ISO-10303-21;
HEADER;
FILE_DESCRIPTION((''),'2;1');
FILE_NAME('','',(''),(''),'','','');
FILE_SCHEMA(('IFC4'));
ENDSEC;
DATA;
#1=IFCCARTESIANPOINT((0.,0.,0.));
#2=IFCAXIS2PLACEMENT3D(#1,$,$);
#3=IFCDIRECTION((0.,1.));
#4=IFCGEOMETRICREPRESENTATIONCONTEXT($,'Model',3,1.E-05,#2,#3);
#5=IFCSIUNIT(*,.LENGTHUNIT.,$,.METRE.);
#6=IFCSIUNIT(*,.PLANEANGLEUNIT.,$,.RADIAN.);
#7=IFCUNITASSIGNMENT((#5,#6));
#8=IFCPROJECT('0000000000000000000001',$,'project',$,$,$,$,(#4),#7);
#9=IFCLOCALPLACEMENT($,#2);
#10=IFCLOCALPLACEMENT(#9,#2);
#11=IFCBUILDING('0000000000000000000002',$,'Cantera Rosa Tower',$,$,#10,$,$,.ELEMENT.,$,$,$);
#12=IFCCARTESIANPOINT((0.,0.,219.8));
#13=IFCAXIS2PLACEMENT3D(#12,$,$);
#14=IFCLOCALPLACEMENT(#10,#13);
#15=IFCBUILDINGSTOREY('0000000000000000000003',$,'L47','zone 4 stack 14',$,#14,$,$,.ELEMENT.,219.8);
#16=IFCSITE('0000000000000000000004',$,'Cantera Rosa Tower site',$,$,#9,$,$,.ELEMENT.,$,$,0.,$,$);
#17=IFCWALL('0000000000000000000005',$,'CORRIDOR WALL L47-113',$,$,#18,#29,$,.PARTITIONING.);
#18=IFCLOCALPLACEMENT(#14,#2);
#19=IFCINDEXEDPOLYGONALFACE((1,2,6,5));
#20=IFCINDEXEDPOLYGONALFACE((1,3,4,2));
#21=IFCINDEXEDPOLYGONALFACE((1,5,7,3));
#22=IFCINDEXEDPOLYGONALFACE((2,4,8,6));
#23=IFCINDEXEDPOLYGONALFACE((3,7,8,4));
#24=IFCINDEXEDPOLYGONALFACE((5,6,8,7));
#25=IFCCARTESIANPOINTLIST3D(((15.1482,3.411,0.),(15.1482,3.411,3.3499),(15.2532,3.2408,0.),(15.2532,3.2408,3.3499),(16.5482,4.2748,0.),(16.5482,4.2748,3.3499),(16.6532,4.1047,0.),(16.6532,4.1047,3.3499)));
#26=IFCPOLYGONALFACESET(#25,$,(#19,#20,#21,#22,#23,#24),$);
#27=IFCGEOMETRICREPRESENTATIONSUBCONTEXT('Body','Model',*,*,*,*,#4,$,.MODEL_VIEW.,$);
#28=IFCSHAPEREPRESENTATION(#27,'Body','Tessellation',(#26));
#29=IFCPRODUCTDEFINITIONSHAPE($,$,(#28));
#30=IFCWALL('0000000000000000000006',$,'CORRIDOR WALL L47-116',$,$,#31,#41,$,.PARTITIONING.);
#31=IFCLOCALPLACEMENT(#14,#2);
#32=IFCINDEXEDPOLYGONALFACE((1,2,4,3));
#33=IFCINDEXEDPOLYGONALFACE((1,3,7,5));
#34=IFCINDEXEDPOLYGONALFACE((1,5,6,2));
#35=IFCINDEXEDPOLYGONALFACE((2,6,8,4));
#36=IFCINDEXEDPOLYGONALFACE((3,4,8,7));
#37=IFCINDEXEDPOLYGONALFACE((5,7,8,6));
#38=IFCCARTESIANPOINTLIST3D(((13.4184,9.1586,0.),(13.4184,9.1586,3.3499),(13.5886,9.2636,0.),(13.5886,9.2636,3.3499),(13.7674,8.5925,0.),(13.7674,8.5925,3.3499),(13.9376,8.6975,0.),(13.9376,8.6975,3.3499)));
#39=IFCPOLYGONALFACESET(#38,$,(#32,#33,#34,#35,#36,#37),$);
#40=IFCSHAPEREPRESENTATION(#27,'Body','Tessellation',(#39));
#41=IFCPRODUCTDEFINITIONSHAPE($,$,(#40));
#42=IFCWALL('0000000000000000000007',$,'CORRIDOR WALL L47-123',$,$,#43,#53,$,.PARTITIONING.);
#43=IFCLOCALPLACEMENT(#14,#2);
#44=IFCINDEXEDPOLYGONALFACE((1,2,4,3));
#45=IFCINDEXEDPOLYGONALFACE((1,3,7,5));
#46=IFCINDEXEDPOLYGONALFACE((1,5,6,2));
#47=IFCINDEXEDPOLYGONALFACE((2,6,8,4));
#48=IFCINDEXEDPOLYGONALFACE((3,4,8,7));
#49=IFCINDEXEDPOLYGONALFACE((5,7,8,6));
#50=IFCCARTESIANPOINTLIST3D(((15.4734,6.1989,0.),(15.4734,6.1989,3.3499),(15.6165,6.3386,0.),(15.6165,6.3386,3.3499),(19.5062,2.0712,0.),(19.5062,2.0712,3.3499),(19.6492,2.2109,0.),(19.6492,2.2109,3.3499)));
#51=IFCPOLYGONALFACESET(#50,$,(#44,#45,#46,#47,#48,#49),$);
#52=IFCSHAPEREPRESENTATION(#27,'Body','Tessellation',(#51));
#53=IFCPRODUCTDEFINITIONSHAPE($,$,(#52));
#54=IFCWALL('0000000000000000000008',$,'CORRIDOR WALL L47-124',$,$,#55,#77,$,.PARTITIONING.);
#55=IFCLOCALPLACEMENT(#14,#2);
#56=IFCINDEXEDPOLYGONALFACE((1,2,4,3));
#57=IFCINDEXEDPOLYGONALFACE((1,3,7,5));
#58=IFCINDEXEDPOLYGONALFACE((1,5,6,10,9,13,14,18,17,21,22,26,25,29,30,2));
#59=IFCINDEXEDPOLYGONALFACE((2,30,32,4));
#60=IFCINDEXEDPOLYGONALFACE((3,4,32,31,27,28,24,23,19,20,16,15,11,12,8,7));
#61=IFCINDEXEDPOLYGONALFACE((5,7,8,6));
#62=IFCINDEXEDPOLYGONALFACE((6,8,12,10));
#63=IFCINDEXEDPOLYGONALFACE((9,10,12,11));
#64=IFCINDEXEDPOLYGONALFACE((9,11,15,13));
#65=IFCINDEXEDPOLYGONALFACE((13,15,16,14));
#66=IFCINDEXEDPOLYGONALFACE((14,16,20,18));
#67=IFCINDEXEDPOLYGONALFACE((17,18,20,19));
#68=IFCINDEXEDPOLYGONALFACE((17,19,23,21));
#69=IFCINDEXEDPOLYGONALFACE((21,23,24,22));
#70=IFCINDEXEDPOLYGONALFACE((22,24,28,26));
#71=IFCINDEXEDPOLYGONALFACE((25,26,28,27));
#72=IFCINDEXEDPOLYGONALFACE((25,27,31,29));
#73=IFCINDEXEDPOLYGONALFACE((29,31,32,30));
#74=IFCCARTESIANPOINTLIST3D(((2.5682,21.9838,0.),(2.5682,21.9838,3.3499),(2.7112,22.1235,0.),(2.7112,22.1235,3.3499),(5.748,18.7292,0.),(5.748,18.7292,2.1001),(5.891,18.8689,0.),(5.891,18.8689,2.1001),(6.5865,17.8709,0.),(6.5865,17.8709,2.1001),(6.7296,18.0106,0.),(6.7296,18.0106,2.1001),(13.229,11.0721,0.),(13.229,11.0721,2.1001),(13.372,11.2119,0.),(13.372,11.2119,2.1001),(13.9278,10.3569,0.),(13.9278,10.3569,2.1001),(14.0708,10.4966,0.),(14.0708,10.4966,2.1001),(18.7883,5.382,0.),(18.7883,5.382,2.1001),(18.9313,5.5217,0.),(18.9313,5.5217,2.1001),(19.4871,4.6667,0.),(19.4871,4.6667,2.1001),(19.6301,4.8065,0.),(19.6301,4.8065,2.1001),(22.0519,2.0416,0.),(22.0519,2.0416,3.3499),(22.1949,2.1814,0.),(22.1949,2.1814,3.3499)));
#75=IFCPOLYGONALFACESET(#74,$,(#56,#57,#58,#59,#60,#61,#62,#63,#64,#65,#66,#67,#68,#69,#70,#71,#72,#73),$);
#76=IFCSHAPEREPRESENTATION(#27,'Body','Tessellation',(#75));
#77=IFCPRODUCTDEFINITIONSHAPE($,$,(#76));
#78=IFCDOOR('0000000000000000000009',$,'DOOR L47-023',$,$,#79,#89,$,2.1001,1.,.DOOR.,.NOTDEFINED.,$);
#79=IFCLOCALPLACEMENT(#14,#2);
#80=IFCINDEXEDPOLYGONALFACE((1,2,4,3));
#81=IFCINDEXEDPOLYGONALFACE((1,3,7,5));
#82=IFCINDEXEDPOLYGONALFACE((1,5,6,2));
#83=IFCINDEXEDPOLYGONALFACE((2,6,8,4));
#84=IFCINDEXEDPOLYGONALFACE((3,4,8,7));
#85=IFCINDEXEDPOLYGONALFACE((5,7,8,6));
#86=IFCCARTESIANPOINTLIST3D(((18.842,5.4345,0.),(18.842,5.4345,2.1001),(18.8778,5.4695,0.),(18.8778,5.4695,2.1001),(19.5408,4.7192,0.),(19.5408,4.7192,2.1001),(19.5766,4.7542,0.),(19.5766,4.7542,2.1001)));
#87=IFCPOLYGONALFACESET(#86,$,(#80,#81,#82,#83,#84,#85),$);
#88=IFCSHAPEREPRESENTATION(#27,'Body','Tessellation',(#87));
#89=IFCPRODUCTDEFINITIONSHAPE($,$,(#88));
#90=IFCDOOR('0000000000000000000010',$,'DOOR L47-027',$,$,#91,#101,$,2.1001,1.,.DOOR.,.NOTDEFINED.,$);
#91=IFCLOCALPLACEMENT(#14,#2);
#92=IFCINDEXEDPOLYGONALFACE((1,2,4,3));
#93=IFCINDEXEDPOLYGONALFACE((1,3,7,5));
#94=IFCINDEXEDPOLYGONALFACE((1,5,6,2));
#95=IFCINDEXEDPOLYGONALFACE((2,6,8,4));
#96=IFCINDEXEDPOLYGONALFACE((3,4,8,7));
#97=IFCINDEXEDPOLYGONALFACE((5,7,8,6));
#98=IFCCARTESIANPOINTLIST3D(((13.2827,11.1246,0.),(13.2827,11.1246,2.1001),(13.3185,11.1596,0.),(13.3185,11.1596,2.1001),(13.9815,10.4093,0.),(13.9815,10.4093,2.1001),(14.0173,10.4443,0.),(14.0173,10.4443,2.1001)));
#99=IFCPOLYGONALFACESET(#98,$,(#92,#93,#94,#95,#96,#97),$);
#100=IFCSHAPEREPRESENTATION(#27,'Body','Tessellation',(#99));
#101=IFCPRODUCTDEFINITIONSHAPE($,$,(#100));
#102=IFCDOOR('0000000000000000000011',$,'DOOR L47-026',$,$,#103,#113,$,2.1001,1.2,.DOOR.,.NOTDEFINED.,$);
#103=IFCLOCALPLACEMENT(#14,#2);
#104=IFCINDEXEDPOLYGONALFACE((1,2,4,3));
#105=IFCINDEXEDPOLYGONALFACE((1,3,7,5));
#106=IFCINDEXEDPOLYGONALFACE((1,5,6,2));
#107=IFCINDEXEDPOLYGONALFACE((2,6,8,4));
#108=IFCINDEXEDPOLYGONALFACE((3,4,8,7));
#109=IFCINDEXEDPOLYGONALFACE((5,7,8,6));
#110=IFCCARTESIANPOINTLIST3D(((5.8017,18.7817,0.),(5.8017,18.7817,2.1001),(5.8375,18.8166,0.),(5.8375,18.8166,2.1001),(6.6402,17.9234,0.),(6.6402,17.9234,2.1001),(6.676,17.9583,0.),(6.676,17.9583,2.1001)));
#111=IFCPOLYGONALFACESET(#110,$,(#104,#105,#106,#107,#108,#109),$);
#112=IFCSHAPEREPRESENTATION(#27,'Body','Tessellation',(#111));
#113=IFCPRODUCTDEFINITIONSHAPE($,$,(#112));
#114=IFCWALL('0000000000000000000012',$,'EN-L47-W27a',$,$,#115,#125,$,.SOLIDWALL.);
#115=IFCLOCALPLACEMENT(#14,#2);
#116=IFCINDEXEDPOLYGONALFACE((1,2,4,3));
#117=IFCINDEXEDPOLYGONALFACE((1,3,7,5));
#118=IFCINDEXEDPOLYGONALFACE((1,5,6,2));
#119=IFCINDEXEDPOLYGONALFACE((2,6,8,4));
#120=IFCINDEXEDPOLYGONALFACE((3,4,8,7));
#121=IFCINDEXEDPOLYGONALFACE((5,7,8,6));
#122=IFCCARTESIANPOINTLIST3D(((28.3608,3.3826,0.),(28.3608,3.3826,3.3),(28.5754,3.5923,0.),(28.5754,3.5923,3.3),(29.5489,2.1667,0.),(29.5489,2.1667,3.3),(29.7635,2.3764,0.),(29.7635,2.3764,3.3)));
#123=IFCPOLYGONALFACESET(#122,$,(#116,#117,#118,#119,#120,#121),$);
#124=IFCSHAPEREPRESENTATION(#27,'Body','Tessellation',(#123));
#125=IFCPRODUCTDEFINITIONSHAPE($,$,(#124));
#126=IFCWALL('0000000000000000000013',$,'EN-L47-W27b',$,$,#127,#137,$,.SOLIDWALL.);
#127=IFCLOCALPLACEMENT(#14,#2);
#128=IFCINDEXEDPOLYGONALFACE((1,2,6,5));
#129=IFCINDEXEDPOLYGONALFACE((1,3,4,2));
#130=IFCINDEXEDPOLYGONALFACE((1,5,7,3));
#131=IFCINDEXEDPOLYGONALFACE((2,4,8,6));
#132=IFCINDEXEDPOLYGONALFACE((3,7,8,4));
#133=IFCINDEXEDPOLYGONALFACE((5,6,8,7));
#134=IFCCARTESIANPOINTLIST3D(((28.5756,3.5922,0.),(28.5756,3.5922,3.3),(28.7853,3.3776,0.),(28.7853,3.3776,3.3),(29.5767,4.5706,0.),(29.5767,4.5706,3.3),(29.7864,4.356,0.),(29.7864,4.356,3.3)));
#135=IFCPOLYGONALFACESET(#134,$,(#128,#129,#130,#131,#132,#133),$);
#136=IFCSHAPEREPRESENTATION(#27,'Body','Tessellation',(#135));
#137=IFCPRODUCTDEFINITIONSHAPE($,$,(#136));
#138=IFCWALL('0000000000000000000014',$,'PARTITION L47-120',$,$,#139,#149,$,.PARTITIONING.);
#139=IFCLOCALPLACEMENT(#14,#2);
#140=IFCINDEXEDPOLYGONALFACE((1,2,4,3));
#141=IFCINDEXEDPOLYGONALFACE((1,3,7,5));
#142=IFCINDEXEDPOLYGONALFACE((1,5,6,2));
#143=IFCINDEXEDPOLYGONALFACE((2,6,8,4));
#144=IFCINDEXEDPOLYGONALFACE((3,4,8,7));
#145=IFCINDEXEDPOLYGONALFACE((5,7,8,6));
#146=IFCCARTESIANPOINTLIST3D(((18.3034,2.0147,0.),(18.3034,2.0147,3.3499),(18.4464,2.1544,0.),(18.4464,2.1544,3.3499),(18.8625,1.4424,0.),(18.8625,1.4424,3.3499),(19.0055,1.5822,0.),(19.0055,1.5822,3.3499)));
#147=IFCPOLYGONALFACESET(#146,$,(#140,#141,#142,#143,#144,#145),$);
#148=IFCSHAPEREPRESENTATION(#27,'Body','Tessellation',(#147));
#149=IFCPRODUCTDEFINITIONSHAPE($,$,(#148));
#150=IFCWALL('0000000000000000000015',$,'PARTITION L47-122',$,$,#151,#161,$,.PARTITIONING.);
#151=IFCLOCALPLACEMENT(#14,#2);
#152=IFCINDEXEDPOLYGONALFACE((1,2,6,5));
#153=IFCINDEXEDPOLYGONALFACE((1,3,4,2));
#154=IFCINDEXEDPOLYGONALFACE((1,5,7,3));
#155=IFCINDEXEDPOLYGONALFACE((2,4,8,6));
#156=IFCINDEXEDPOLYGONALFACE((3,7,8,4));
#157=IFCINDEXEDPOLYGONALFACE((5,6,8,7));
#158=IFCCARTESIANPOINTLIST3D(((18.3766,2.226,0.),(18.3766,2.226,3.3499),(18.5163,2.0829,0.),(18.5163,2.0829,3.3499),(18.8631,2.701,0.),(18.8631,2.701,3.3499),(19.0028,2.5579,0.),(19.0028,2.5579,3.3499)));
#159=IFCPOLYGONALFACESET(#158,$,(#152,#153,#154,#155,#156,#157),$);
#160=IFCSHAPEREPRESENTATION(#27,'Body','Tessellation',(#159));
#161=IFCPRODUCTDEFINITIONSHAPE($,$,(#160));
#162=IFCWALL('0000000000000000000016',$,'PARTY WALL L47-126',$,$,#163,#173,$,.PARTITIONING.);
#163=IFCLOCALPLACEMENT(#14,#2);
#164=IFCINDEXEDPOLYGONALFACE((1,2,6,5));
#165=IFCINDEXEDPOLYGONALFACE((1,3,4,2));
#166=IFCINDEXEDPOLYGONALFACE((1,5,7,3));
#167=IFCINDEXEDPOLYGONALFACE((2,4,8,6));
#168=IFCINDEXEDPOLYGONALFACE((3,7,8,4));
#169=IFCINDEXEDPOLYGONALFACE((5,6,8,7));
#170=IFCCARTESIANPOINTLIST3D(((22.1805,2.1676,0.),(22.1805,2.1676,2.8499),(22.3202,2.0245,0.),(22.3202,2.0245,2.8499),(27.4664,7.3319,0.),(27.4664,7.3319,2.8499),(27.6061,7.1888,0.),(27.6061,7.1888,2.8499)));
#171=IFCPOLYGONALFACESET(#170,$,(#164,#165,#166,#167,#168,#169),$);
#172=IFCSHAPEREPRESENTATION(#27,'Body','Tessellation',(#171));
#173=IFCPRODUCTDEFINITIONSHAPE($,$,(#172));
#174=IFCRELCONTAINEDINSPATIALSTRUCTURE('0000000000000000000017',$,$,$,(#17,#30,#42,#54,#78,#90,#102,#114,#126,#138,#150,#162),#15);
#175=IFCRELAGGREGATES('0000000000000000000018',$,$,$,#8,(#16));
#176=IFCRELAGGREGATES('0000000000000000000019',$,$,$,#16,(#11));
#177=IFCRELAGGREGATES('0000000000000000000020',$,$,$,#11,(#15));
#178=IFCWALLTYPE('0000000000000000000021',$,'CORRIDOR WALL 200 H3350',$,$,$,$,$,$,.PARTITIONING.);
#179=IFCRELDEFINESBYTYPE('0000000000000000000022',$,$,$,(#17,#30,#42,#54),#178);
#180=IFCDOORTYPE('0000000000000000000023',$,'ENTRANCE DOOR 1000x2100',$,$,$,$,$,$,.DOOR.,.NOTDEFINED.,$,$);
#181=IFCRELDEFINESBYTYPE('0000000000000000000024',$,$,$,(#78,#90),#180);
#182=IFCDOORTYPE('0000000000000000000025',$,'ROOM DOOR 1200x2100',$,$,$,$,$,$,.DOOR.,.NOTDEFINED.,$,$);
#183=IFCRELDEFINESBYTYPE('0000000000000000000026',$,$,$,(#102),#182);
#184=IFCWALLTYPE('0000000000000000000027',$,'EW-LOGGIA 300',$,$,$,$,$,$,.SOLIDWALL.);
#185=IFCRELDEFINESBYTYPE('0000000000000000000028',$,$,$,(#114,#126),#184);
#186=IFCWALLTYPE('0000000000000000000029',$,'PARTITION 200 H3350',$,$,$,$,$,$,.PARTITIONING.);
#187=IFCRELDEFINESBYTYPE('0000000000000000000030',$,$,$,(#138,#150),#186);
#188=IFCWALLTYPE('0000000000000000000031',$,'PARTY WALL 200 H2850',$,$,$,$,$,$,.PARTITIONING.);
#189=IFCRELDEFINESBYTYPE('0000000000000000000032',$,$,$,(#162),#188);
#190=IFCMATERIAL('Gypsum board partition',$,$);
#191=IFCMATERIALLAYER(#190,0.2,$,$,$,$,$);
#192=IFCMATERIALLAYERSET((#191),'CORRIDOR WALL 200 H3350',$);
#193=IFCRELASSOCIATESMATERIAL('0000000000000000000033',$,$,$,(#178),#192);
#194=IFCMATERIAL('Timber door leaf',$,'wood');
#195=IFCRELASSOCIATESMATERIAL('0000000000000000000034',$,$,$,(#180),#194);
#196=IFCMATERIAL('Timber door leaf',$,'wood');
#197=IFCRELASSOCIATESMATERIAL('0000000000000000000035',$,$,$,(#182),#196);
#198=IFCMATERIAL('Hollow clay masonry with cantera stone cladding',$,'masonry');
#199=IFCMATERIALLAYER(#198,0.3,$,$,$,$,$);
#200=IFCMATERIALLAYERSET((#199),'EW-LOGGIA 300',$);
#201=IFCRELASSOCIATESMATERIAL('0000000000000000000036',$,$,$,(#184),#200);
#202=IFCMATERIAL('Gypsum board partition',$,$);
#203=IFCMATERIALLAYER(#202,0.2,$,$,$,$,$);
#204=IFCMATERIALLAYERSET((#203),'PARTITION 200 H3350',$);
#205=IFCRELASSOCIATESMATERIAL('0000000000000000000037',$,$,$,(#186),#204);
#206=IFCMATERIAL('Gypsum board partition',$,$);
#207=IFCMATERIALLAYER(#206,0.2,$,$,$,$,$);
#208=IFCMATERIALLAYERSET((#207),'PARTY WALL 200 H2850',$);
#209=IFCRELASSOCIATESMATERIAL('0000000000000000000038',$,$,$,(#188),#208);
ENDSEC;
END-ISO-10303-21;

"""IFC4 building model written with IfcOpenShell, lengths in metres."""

from ifc_helpers import new_model, si_unit, direction, frame, frame_2d, origin, place, context, subcontext, project, spatial, rectangle, extrude, material, layer, layer_set, type_object, element, fill, save


model = new_model("IFC4")

# Units and contexts
model_context = context("Model", 3, precision=1e-05, world=origin(), true_north=direction((0.0, 1.0)))
body_context = subcontext(model_context, "Body", "Model", "MODEL_VIEW")
ifc_project = project(units=[si_unit("LENGTHUNIT", "METRE"), si_unit("PLANEANGLEUNIT", "RADIAN")], contexts=[model_context])

# Site, building, storey
site_placement = place(None, origin())
site = spatial("IfcSite", under=ifc_project, at=site_placement, Name="Cantera Rosa Tower site", CompositionType="ELEMENT", RefElevation=0.0)
building_placement = place(site_placement, origin())
building = spatial("IfcBuilding", under=site, at=building_placement, Name="Cantera Rosa Tower", CompositionType="ELEMENT")
storey_placement = place(building_placement, frame((0.0, 0.0, 219.8)))
storey = spatial("IfcBuildingStorey", under=building, at=storey_placement, Name="L47", Description="zone 4 stack 14", CompositionType="ELEMENT", Elevation=219.8)

# Walls
ifc_material_1 = material(Name="Gypsum board partition")
ifc_layer_1 = layer(ifc_material_1, 0.2)
ifc_layer_set_1 = layer_set([ifc_layer_1], Name="CORRIDOR WALL 200 H3350")
wall_type_1 = type_object("IfcWallType", Name="CORRIDOR WALL 200 H3350", PredefinedType="PARTITIONING", material=ifc_layer_set_1)
wall_1_placement = place(storey_placement, frame((15.2007, 3.3259, 0.0), z_axis=(0.0, 0.0, 1.0), x_axis=(0.851036, 0.525107, 0.0)))
element("IfcWall", 1, at=wall_1_placement, inside=storey, type_object=wall_type_1, Name="CORRIDOR WALL L47-113", PredefinedType="PARTITIONING", context=body_context, shape_type="SweptSolid", body=[
    extrude(rectangle(XDim=1.645, YDim=0.2, at=frame_2d((0.8225, 0.0))), origin(), (0.0, 0.0, 1.0), 3.3499),
])
wall_2_placement = place(storey_placement, frame((13.8525, 8.645, 0.0), z_axis=(0.0, 0.0, 1.0), x_axis=(-0.524875, 0.851179, 0.0)))
element("IfcWall", 2, at=wall_2_placement, inside=storey, type_object=wall_type_1, Name="CORRIDOR WALL L47-116", PredefinedType="PARTITIONING", context=body_context, shape_type="SweptSolid", body=[
    extrude(rectangle(XDim=0.665, YDim=0.2, at=frame_2d((0.3325, 0.0))), origin(), (0.0, 0.0, 1.0), 3.3499),
])
wall_3_placement = place(storey_placement, frame((19.5776, 2.1411, 0.0), z_axis=(0.0, 0.0, 1.0), x_axis=(-0.69883, 0.715288, 0.0)))
element("IfcWall", 3, at=wall_3_placement, inside=storey, type_object=wall_type_1, Name="CORRIDOR WALL L47-123", PredefinedType="PARTITIONING", context=body_context, shape_type="SweptSolid", body=[
    extrude(rectangle(XDim=5.7708, YDim=0.2, at=frame_2d((2.8853, 0.0))), origin(), (0.0, 0.0, 1.0), 3.3499),
])

# Wall, openings, doors
wall_4_placement = place(storey_placement, frame((22.1233, 2.1116, 0.0), z_axis=(0.0, 0.0, 1.0), x_axis=(-0.698836, 0.715282, 0.0)))
wall_4 = element("IfcWall", 4, at=wall_4_placement, inside=storey, type_object=wall_type_1, Name="CORRIDOR WALL L47-124", PredefinedType="PARTITIONING", context=body_context, shape_type="SweptSolid", body=[
    extrude(rectangle(XDim=27.8801, YDim=0.2, at=frame_2d((13.9399, 0.0))), origin(), (0.0, 0.0, 1.0), 3.3499),
])
opening_1_placement = place(wall_4_placement, frame((3.6699, 0.0, 0.0)))
opening_1 = element("IfcOpeningElement", 5, at=opening_1_placement, cuts=wall_4, PredefinedType="OPENING", context=body_context, shape_type="SweptSolid", body=[
    extrude(rectangle(XDim=1.0, YDim=2.1001, at=frame_2d((0.5, 1.05))), frame((0.0, 0.1099, 0.0), z_axis=(0.0, -1.0, 0.0), x_axis=(1.0, 0.0, 0.0)), (0.0, 0.0, 1.0), 0.22),
])
opening_2_placement = place(wall_4_placement, frame((22.1299, 0.0, 0.0)))
opening_2 = element("IfcOpeningElement", 6, at=opening_2_placement, cuts=wall_4, PredefinedType="OPENING", context=body_context, shape_type="SweptSolid", body=[
    extrude(rectangle(XDim=1.2, YDim=2.1001, at=frame_2d((0.6001, 1.05))), frame((0.0, 0.1099, 0.0), z_axis=(0.0, -1.0, 0.0), x_axis=(1.0, 0.0, 0.0)), (0.0, 0.0, 1.0), 0.22),
])
opening_3_placement = place(wall_4_placement, frame((11.625, 0.0, 0.0)))
opening_3 = element("IfcOpeningElement", 7, at=opening_3_placement, cuts=wall_4, PredefinedType="OPENING", context=body_context, shape_type="SweptSolid", body=[
    extrude(rectangle(XDim=1.0, YDim=2.1001, at=frame_2d((0.5, 1.05))), frame((0.0, 0.1099, 0.0), z_axis=(0.0, -1.0, 0.0), x_axis=(1.0, 0.0, 0.0)), (0.0, 0.0, 1.0), 0.22),
])
ifc_material_2 = material(Name="Timber door leaf", Category="wood")
door_type_1 = type_object("IfcDoorType", Name="ENTRANCE DOOR 1000x2100", OperationType="NOTDEFINED", PredefinedType="DOOR", material=ifc_material_2)
door_1_placement = place(opening_1_placement, origin())
door_1 = element("IfcDoor", 8, at=door_1_placement, inside=storey, type_object=door_type_1, Name="DOOR L47-023", OperationType="NOTDEFINED", OverallHeight=2.1001, OverallWidth=1.0, PredefinedType="DOOR", context=body_context, shape_type="SweptSolid", body=[
    extrude(rectangle(XDim=1.0, YDim=2.1001, at=frame_2d((0.5, 1.05))), frame((0.0, 0.0249, 0.0), z_axis=(0.0, -1.0, 0.0), x_axis=(1.0, 0.0, 0.0)), (0.0, 0.0, 1.0), 0.05),
])
fill(opening_1, door_1)
door_2_placement = place(opening_3_placement, origin())
door_2 = element("IfcDoor", 9, at=door_2_placement, inside=storey, type_object=door_type_1, Name="DOOR L47-027", OperationType="NOTDEFINED", OverallHeight=2.1001, OverallWidth=1.0, PredefinedType="DOOR", context=body_context, shape_type="SweptSolid", body=[
    extrude(rectangle(XDim=1.0, YDim=2.1001, at=frame_2d((0.5, 1.05))), frame((0.0, 0.0249, 0.0), z_axis=(0.0, -1.0, 0.0), x_axis=(1.0, 0.0, 0.0)), (0.0, 0.0, 1.0), 0.05),
])
fill(opening_3, door_2)
ifc_material_3 = material(Name="Timber door leaf", Category="wood")
door_type_2 = type_object("IfcDoorType", Name="ROOM DOOR 1200x2100", OperationType="NOTDEFINED", PredefinedType="DOOR", material=ifc_material_3)
door_3_placement = place(opening_2_placement, origin())
door_3 = element("IfcDoor", 10, at=door_3_placement, inside=storey, type_object=door_type_2, Name="DOOR L47-026", OperationType="NOTDEFINED", OverallHeight=2.1001, OverallWidth=1.2, PredefinedType="DOOR", context=body_context, shape_type="SweptSolid", body=[
    extrude(rectangle(XDim=1.2, YDim=2.1001, at=frame_2d((0.6001, 1.05))), frame((0.0, 0.0249, 0.0), z_axis=(0.0, -1.0, 0.0), x_axis=(1.0, 0.0, 0.0)), (0.0, 0.0, 1.0), 0.05),
])
fill(opening_2, door_3)

# Walls
ifc_material_4 = material(Name="Hollow clay masonry with cantera stone cladding", Category="masonry")
ifc_layer_2 = layer(ifc_material_4, 0.3)
ifc_layer_set_2 = layer_set([ifc_layer_2], Name="EW-LOGGIA 300")
wall_type_2 = type_object("IfcWallType", Name="EW-LOGGIA 300", PredefinedType="SOLIDWALL", material=ifc_layer_set_2)
wall_5_placement = place(storey_placement, frame((29.6562, 2.2715, 0.0), z_axis=(0.0, 0.0, 1.0), x_axis=(-0.698873, 0.715246, 0.0)))
element("IfcWall", 11, at=wall_5_placement, inside=storey, type_object=wall_type_2, Name="EN-L47-W27a", PredefinedType="SOLIDWALL", context=body_context, shape_type="SweptSolid", body=[
    extrude(rectangle(XDim=1.7, YDim=0.3, at=frame_2d((0.8501, 0.0))), origin(), (0.0, 0.0, 1.0), 3.3),
])
wall_6_placement = place(storey_placement, frame((28.6804, 3.4849, 0.0), z_axis=(0.0, 0.0, 1.0), x_axis=(0.715169, 0.698951, 0.0)))
element("IfcWall", 12, at=wall_6_placement, inside=storey, type_object=wall_type_2, Name="EN-L47-W27b", PredefinedType="SOLIDWALL", context=body_context, shape_type="SweptSolid", body=[
    extrude(rectangle(XDim=1.3999, YDim=0.3, at=frame_2d((0.7, 0.0))), origin(), (0.0, 0.0, 1.0), 3.3),
])

# Walls
ifc_material_5 = material(Name="Gypsum board partition")
ifc_layer_3 = layer(ifc_material_5, 0.2)
ifc_layer_set_3 = layer_set([ifc_layer_3], Name="PARTITION 200 H3350")
wall_type_3 = type_object("IfcWallType", Name="PARTITION 200 H3350", PredefinedType="PARTITIONING", material=ifc_layer_set_3)
wall_7_placement = place(storey_placement, frame((18.375, 2.0845, 0.0), z_axis=(0.0, 0.0, 1.0), x_axis=(0.698819, -0.715298, 0.0)))
element("IfcWall", 13, at=wall_7_placement, inside=storey, type_object=wall_type_3, Name="PARTITION L47-120", PredefinedType="PARTITIONING", context=body_context, shape_type="SweptSolid", body=[
    extrude(rectangle(XDim=0.8, YDim=0.2, at=frame_2d((0.3999, 0.0))), origin(), (0.0, 0.0, 1.0), 3.3499),
])
wall_8_placement = place(storey_placement, frame((18.9329, 2.6294, 0.0), z_axis=(0.0, 0.0, 1.0), x_axis=(-0.715493, -0.69862, 0.0)))
element("IfcWall", 14, at=wall_8_placement, inside=storey, type_object=wall_type_3, Name="PARTITION L47-122", PredefinedType="PARTITIONING", context=body_context, shape_type="SweptSolid", body=[
    extrude(rectangle(XDim=0.6799, YDim=0.2, at=frame_2d((0.3398, 0.0))), origin(), (0.0, 0.0, 1.0), 3.3499),
])
ifc_material_6 = material(Name="Gypsum board partition")
ifc_layer_4 = layer(ifc_material_6, 0.2)
ifc_layer_set_4 = layer_set([ifc_layer_4], Name="PARTY WALL 200 H2850")
wall_type_4 = type_object("IfcWallType", Name="PARTY WALL 200 H2850", PredefinedType="PARTITIONING", material=ifc_layer_set_4)
wall_9_placement = place(storey_placement, frame((27.5361, 7.2603, 0.0), z_axis=(0.0, 0.0, 1.0), x_axis=(-0.715285, -0.698833, 0.0)))
element("IfcWall", 15, at=wall_9_placement, inside=storey, type_object=wall_type_4, Name="PARTY WALL L47-126", PredefinedType="PARTITIONING", context=body_context, shape_type="SweptSolid", body=[
    extrude(rectangle(XDim=7.3899, YDim=0.2, at=frame_2d((3.6948, 0.0))), origin(), (0.0, 0.0, 1.0), 2.8499),
])

save(model, "model.ifc")
